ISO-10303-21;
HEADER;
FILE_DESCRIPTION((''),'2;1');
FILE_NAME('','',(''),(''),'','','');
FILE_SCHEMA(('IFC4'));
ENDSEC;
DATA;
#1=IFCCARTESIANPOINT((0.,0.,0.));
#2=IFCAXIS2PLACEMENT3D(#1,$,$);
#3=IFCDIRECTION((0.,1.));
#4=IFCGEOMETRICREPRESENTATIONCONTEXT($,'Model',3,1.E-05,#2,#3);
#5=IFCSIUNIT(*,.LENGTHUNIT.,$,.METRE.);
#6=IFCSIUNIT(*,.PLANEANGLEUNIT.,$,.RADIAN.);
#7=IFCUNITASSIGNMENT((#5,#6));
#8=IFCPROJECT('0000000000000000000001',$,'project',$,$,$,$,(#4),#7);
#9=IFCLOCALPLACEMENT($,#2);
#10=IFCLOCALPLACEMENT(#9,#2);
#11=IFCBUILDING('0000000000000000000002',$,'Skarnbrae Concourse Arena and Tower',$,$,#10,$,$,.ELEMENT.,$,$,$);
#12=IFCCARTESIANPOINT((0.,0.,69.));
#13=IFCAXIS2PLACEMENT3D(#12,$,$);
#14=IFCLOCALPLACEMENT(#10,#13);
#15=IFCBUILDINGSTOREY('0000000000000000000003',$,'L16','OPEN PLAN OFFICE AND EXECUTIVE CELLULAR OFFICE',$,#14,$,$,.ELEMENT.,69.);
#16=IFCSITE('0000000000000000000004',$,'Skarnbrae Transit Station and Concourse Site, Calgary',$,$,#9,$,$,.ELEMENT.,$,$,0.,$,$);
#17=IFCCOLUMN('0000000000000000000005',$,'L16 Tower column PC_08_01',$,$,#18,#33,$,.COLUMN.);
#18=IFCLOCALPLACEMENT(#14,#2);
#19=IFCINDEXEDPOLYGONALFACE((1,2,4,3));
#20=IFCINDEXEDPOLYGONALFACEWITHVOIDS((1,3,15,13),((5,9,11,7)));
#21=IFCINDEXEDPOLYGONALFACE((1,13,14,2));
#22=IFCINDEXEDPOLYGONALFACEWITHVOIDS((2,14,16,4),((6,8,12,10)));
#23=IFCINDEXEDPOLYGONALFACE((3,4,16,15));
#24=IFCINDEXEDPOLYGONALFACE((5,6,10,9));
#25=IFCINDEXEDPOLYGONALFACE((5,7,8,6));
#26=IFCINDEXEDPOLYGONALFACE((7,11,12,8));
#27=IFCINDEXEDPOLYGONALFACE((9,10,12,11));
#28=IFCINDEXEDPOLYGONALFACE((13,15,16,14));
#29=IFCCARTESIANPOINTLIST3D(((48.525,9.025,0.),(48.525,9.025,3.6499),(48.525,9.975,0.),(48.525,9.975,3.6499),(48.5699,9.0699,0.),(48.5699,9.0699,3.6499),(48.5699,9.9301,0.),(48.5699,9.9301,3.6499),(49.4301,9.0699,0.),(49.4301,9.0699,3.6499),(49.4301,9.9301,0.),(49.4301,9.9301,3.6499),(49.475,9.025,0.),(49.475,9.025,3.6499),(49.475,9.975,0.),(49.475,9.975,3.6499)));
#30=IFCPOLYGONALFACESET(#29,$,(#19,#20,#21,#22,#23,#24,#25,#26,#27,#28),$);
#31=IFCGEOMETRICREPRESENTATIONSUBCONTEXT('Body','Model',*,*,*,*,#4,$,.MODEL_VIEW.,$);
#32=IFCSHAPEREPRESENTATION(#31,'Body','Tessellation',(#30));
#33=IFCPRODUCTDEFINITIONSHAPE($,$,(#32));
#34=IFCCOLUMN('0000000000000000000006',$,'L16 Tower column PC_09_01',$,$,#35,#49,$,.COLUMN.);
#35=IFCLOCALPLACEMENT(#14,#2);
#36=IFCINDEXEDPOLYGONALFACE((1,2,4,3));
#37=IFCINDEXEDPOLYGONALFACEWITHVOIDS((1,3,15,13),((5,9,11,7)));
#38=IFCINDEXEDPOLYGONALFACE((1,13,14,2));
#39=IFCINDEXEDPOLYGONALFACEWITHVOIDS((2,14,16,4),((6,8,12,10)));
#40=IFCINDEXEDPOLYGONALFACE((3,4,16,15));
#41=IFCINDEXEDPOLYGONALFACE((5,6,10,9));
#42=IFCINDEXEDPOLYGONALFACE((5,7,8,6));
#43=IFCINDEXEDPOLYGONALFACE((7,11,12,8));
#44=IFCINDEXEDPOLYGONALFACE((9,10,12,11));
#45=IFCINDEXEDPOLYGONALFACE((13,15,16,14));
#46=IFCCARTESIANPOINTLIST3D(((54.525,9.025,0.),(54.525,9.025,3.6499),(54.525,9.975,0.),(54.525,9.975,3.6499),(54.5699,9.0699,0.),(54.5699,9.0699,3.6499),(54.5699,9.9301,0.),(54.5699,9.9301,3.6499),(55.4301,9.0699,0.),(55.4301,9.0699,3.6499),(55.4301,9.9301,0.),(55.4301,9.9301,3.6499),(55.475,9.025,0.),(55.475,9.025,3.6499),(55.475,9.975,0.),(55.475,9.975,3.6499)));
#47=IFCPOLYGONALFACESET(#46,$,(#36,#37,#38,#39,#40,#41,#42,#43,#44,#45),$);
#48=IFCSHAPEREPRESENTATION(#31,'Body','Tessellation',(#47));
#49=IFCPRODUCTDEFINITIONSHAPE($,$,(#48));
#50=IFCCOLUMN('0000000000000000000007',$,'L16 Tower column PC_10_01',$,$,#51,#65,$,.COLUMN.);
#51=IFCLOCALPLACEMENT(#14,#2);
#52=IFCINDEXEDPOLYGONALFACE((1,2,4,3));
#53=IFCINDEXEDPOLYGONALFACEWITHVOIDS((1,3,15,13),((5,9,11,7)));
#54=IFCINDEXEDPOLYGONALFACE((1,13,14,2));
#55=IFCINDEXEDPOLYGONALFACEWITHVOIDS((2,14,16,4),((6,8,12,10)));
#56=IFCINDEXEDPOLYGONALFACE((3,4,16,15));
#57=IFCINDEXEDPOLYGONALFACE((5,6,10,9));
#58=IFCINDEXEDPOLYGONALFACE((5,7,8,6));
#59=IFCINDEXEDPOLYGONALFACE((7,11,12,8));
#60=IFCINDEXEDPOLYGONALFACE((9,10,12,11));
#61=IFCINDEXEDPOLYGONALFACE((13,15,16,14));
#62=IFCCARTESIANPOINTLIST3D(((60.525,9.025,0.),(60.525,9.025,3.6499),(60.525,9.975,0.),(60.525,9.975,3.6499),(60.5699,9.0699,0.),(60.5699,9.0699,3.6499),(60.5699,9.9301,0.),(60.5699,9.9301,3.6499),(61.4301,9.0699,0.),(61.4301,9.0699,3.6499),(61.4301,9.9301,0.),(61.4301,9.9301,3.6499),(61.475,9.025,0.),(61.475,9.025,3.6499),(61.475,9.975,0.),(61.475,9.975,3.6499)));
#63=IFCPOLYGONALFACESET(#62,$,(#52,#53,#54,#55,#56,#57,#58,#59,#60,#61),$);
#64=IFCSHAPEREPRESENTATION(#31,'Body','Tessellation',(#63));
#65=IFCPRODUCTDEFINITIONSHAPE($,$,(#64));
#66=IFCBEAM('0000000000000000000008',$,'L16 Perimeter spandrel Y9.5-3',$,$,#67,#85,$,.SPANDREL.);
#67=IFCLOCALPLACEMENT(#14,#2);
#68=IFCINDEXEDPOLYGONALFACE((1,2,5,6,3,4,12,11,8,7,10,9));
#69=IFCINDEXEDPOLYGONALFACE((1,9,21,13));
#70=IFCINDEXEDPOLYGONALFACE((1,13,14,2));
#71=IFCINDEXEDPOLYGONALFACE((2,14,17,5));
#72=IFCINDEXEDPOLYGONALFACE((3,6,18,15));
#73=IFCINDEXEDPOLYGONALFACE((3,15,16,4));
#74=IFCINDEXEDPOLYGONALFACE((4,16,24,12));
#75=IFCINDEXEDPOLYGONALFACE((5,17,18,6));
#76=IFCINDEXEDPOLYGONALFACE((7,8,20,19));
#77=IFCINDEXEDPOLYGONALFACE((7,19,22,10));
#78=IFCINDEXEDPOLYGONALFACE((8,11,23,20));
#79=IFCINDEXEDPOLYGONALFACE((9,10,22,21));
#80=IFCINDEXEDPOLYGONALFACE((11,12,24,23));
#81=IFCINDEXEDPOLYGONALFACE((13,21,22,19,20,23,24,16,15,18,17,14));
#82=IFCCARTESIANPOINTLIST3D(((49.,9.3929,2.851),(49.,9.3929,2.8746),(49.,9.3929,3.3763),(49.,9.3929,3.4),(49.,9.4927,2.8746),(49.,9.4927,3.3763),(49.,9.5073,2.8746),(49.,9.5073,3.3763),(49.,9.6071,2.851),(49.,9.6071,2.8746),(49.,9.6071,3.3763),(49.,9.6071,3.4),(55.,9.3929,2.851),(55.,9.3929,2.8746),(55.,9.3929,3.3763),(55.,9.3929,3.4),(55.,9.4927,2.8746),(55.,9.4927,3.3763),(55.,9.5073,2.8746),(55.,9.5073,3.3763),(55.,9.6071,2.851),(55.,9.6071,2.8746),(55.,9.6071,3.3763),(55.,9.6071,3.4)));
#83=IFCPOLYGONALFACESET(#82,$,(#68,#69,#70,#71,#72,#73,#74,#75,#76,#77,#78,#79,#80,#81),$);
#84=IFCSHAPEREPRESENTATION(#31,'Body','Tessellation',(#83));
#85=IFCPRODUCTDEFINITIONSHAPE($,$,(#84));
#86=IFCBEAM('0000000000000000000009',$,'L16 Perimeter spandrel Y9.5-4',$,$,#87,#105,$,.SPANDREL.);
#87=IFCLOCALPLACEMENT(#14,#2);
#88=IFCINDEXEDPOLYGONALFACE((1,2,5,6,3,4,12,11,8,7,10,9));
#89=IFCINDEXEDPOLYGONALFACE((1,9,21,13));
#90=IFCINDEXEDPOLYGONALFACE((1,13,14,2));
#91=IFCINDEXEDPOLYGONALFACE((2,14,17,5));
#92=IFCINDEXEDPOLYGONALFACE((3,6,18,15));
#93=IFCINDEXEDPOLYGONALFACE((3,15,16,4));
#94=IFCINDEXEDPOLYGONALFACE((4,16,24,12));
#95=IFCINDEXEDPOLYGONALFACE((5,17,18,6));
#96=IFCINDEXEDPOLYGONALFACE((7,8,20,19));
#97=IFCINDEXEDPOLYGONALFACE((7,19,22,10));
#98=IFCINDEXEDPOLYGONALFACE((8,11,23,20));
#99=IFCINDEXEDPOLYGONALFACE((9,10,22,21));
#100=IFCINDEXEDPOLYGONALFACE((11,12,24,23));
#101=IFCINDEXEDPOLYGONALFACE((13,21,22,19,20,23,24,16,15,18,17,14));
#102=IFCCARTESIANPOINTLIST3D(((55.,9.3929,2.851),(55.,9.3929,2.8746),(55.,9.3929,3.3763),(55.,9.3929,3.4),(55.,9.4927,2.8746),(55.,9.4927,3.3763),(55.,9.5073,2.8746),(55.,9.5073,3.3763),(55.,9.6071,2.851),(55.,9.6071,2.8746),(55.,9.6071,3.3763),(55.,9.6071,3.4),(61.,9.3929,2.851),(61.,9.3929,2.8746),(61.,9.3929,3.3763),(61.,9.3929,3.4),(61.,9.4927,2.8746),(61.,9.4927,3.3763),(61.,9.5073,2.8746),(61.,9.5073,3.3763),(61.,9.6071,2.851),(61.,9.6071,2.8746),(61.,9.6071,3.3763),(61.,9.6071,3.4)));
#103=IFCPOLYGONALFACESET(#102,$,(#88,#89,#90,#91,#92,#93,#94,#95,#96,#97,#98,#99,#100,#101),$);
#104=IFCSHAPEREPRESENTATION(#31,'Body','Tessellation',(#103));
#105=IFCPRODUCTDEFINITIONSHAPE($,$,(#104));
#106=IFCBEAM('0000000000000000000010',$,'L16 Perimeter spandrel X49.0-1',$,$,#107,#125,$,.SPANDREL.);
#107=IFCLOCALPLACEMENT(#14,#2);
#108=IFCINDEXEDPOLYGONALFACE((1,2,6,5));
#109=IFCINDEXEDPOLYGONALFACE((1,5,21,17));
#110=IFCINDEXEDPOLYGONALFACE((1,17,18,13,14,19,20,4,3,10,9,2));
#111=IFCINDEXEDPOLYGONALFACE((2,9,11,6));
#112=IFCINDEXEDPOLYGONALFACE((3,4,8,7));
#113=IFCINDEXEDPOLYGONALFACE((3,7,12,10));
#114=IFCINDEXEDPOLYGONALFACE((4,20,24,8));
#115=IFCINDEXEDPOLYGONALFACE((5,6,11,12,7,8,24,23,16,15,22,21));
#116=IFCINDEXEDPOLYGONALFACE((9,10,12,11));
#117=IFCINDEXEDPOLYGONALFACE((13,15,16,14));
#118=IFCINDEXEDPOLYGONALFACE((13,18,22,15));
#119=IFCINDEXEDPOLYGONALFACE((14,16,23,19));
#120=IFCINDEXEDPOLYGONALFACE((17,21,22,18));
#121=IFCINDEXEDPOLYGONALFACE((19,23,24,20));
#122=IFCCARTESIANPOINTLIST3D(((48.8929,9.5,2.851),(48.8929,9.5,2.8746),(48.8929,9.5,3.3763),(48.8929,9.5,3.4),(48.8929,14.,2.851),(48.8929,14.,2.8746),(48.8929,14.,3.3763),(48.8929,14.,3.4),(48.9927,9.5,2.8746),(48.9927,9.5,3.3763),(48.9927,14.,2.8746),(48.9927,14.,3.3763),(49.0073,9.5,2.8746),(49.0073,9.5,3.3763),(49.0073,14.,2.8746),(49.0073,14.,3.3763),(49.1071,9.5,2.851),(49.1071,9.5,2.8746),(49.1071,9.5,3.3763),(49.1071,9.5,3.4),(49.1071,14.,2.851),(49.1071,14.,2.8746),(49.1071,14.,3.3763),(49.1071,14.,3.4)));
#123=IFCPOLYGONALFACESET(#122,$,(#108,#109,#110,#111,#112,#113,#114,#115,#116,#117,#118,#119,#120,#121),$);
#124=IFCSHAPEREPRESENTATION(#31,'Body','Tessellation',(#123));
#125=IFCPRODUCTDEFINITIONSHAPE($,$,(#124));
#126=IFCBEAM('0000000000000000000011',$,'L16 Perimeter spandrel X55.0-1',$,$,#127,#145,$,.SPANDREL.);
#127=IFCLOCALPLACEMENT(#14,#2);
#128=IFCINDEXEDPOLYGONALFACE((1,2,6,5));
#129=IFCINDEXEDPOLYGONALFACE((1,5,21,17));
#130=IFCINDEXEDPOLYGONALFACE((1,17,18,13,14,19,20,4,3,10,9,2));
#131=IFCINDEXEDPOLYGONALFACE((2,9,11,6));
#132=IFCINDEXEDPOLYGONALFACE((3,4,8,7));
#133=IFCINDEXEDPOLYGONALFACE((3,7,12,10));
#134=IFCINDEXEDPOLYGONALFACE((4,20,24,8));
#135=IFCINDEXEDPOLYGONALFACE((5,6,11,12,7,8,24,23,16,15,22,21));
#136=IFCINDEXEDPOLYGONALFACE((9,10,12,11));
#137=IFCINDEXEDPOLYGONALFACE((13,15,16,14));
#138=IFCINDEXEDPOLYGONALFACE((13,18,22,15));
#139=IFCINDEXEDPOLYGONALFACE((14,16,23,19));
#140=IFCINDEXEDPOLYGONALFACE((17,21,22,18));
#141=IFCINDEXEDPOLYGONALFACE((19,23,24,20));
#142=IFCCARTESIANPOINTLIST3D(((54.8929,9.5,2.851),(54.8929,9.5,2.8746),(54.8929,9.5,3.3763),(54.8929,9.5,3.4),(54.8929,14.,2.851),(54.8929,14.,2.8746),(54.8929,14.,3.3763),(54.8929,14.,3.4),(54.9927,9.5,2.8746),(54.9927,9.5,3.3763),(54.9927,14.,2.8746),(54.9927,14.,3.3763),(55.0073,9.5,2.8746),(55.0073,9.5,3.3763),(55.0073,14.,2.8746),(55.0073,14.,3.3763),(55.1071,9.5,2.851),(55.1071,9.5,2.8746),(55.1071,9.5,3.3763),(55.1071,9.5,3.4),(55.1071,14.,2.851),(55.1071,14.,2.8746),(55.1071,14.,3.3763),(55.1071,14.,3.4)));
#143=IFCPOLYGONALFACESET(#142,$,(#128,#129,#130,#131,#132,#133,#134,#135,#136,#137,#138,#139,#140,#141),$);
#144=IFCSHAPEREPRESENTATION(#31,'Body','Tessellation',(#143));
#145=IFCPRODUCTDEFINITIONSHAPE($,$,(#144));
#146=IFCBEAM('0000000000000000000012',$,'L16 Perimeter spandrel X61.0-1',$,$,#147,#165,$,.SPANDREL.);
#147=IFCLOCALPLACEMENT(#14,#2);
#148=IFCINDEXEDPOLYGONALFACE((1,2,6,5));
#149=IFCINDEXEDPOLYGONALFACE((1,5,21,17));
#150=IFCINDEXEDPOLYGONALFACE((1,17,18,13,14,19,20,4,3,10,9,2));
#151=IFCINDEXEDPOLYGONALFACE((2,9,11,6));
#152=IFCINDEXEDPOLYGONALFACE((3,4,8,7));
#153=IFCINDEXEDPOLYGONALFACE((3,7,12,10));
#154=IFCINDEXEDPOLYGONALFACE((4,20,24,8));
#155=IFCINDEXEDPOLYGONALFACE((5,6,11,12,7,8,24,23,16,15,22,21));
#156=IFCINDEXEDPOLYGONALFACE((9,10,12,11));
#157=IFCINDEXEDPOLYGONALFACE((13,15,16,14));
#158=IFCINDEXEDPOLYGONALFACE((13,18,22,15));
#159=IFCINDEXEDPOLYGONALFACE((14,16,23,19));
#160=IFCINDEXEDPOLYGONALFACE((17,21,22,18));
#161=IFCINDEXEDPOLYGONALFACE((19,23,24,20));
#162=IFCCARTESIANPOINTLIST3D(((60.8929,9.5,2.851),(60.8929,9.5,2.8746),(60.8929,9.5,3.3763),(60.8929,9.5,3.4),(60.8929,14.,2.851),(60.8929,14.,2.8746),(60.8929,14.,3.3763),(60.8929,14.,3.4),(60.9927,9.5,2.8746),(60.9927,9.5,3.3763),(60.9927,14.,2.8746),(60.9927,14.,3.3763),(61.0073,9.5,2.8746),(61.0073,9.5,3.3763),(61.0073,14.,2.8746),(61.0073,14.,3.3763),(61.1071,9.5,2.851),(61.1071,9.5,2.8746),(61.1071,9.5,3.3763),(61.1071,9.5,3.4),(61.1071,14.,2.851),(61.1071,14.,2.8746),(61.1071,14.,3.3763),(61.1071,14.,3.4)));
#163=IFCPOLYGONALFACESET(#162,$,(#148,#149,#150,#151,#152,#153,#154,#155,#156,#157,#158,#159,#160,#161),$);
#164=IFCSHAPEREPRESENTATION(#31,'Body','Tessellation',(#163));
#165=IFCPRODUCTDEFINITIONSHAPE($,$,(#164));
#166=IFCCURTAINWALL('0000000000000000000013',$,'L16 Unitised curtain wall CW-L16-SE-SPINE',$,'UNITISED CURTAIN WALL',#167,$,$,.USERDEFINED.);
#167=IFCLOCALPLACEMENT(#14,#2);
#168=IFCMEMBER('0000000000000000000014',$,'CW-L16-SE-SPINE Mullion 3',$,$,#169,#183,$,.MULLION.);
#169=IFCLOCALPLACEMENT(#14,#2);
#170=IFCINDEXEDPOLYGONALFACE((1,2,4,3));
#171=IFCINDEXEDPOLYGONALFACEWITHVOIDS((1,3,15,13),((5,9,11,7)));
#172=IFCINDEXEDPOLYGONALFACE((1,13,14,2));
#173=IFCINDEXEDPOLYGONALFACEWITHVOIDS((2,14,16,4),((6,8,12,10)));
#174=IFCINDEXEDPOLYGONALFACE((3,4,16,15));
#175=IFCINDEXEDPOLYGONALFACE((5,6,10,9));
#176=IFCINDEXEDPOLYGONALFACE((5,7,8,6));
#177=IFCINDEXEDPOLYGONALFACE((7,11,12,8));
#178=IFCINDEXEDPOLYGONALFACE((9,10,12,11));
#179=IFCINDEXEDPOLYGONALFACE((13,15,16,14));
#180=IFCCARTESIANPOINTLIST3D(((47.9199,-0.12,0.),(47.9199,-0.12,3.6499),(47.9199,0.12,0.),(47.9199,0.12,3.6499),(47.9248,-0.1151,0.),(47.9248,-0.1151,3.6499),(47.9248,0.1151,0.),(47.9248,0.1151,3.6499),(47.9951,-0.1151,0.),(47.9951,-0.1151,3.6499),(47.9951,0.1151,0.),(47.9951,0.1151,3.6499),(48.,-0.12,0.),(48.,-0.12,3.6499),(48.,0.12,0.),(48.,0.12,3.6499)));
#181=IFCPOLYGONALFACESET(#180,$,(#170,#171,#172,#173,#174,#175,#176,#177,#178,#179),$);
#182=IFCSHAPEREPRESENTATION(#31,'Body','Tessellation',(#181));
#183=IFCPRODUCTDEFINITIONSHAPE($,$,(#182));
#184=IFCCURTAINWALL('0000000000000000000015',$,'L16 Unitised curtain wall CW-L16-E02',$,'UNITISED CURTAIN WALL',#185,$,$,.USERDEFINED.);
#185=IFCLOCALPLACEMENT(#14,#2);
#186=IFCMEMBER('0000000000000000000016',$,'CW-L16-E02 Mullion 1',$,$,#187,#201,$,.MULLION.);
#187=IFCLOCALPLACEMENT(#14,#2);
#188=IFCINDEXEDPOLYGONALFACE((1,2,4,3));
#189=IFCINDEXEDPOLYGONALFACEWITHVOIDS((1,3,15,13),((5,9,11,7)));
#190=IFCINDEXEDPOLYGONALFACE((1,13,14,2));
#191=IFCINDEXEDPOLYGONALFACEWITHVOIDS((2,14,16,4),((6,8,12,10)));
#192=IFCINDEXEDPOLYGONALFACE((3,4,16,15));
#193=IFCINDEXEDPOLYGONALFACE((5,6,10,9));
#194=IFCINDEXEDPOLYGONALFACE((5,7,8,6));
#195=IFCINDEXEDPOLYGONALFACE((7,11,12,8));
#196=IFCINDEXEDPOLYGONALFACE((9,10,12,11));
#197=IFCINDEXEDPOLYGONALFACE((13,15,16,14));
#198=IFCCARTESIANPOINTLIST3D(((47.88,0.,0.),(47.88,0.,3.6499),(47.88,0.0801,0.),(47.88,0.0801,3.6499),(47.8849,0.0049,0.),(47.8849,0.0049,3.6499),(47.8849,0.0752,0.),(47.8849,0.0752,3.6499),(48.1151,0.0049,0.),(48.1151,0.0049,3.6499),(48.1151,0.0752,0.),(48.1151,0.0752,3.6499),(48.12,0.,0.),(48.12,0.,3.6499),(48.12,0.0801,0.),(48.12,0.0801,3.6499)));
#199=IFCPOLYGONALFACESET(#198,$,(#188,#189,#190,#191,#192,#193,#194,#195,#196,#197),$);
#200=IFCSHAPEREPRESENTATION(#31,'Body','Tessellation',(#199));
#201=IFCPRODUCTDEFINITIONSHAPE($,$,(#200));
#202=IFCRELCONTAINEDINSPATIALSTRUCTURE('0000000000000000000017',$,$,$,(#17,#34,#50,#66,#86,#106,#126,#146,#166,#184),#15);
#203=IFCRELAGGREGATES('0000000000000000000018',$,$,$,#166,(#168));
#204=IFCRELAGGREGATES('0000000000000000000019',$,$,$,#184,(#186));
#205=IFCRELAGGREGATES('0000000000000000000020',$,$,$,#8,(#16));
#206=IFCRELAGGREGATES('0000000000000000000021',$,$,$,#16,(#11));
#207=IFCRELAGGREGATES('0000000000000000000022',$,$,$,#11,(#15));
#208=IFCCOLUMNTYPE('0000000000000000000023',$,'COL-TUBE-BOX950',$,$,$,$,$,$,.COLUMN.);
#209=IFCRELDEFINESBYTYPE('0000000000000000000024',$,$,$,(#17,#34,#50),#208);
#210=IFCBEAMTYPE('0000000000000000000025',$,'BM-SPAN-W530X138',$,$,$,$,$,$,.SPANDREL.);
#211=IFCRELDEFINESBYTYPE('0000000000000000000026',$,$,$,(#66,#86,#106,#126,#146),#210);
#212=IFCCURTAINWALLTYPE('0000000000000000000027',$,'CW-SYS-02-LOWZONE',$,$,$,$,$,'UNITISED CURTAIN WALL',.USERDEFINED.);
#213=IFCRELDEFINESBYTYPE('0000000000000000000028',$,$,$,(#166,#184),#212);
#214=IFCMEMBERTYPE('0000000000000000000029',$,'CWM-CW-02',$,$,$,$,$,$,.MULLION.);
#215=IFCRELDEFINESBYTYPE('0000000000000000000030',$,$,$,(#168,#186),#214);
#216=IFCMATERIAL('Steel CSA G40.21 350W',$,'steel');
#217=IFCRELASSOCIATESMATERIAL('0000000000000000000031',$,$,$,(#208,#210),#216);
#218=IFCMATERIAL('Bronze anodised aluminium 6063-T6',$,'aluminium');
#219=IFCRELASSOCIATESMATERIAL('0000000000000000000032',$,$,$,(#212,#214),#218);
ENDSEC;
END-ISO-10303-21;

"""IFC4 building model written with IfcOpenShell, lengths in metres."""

from ifc_helpers import new_model, si_unit, direction, frame, origin, origin_2d, place, context, subcontext, project, spatial, hollow_rectangle, i_section, extrude, source, transform, mapped, material, material_profile, profile_set, type_object, element, aggregate, save


model = new_model("IFC4")

# Units and contexts
model_context = context("Model", 3, precision=1e-05, world=origin(), true_north=direction((0.0, 1.0)))
body_context = subcontext(model_context, "Body", "Model", "MODEL_VIEW")
ifc_project = project(units=[si_unit("LENGTHUNIT", "METRE"), si_unit("PLANEANGLEUNIT", "RADIAN")], contexts=[model_context])

# Site, building, storey
site_placement = place(None, origin())
site = spatial("IfcSite", under=ifc_project, at=site_placement, Name="Skarnbrae Transit Station and Concourse Site, Calgary", CompositionType="ELEMENT", RefElevation=0.0)
building_placement = place(site_placement, origin())
building = spatial("IfcBuilding", under=site, at=building_placement, Name="Skarnbrae Concourse Arena and Tower", CompositionType="ELEMENT")
storey_placement = place(building_placement, frame((0.0, 0.0, 69.0)))
storey = spatial("IfcBuildingStorey", under=building, at=storey_placement, Name="L16", Description="OPEN PLAN OFFICE AND EXECUTIVE CELLULAR OFFICE", CompositionType="ELEMENT", Elevation=69.0)

# Columns
ifc_material_1 = material(Name="Steel CSA G40.21 350W", Category="steel")
ifc_material_profile_1 = material_profile(ifc_material_1, hollow_rectangle(XDim=0.95, YDim=0.95, WallThickness=0.0449, at=origin_2d()), Name="BOX950X950X45")
ifc_profile_set_1 = profile_set([ifc_material_profile_1], Name="Steel CSA G40.21 350W")
column_type = type_object("IfcColumnType", Name="COL-TUBE-BOX950", PredefinedType="COLUMN", material=ifc_profile_set_1)
shared_shape_1 = source(origin(), body_context, "Body", "SweptSolid", [
    extrude(hollow_rectangle(XDim=0.95, YDim=0.95, WallThickness=0.0449, at=origin_2d()), origin(), (0.0, 0.0, 1.0), 3.6499),
])
for number, where, z_axis, x_axis, name in (
    (1, (49.0, 9.5, 0.0), (0.0, 0.0, 1.0), (1.0, 0.0, 0.0), "L16 Tower column PC_08_01"),
    (2, (55.0, 9.5, 0.0), (0.0, 0.0, 1.0), (1.0, 0.0, 0.0), "L16 Tower column PC_09_01"),
    (3, (61.0, 9.5, 0.0), (0.0, 0.0, 1.0), (1.0, 0.0, 0.0), "L16 Tower column PC_10_01"),
):
    element("IfcColumn", number, at=place(storey_placement, frame(where, z_axis=z_axis, x_axis=x_axis)), inside=storey, type_object=column_type, Name=name, PredefinedType="COLUMN", context=body_context, shape_type="MappedRepresentation", body=[
        mapped(shared_shape_1, transform((0.0, 0.0, 0.0))),
    ])

# Beams
ifc_material_profile_2 = material_profile(ifc_material_1, i_section(OverallWidth=0.2141, OverallDepth=0.5491, WebThickness=0.0146, FlangeThickness=0.0237, at=origin_2d()), Name="W530X138")
ifc_profile_set_2 = profile_set([ifc_material_profile_2], Name="Steel CSA G40.21 350W")
beam_type = type_object("IfcBeamType", Name="BM-SPAN-W530X138", PredefinedType="SPANDREL", material=ifc_profile_set_2)
shared_shape_2 = source(origin(), body_context, "Body", "SweptSolid", [
    extrude(i_section(OverallWidth=0.2141, OverallDepth=0.5491, WebThickness=0.0146, FlangeThickness=0.0237, at=origin_2d()), origin(), (0.0, 0.0, 1.0), 6.0),
])
for number, where, z_axis, x_axis, name in (
    (4, (49.0, 9.5, 3.1255), (1.0, 0.0, 0.0), (0.0, 1.0, 0.0), "L16 Perimeter spandrel Y9.5-3"),
    (5, (55.0, 9.5, 3.1255), (1.0, 0.0, 0.0), (0.0, 1.0, 0.0), "L16 Perimeter spandrel Y9.5-4"),
):
    element("IfcBeam", number, at=place(storey_placement, frame(where, z_axis=z_axis, x_axis=x_axis)), inside=storey, type_object=beam_type, Name=name, PredefinedType="SPANDREL", context=body_context, shape_type="MappedRepresentation", body=[
        mapped(shared_shape_2, transform((0.0, 0.0, 0.0))),
    ])
shared_shape_3 = source(origin(), body_context, "Body", "SweptSolid", [
    extrude(i_section(OverallWidth=0.2141, OverallDepth=0.5491, WebThickness=0.0146, FlangeThickness=0.0237, at=origin_2d()), origin(), (0.0, 0.0, 1.0), 4.5),
])
for number, where, z_axis, x_axis, name in (
    (6, (49.0, 9.5, 3.1255), (0.0, 1.0, 0.0), (-1.0, 0.0, 0.0), "L16 Perimeter spandrel X49.0-1"),
    (7, (55.0, 9.5, 3.1255), (0.0, 1.0, 0.0), (-1.0, 0.0, 0.0), "L16 Perimeter spandrel X55.0-1"),
    (8, (61.0, 9.5, 3.1255), (0.0, 1.0, 0.0), (-1.0, 0.0, 0.0), "L16 Perimeter spandrel X61.0-1"),
):
    element("IfcBeam", number, at=place(storey_placement, frame(where, z_axis=z_axis, x_axis=x_axis)), inside=storey, type_object=beam_type, Name=name, PredefinedType="SPANDREL", context=body_context, shape_type="MappedRepresentation", body=[
        mapped(shared_shape_3, transform((0.0, 0.0, 0.0))),
    ])

# Curtain wall, member
ifc_material_2 = material(Name="Bronze anodised aluminium 6063-T6", Category="aluminium")
curtain_wall_type = type_object("IfcCurtainWallType", Name="CW-SYS-02-LOWZONE", ElementType="UNITISED CURTAIN WALL", PredefinedType="USERDEFINED", material=ifc_material_2)
curtain_wall_1_placement = place(storey_placement, origin())
curtain_wall_1 = element("IfcCurtainWall", 9, at=curtain_wall_1_placement, inside=storey, type_object=curtain_wall_type, Name="L16 Unitised curtain wall CW-L16-SE-SPINE", ObjectType="UNITISED CURTAIN WALL", PredefinedType="USERDEFINED")
ifc_material_profile_3 = material_profile(ifc_material_2, hollow_rectangle(XDim=0.0801, YDim=0.24, WallThickness=0.0049, at=origin_2d()), Name="ALU-MULL-80X240")
ifc_profile_set_3 = profile_set([ifc_material_profile_3], Name="Bronze anodised aluminium 6063-T6")
member_type_1 = type_object("IfcMemberType", Name="CWM-CW-02", PredefinedType="MULLION", material=ifc_profile_set_3)
shared_shape_4 = source(origin(), body_context, "Body", "SweptSolid", [
    extrude(hollow_rectangle(XDim=0.0801, YDim=0.24, WallThickness=0.0049, at=origin_2d()), origin(), (0.0, 0.0, 1.0), 3.6499),
])
member_1_placement = place(storey_placement, frame((47.96, 0.0, 0.0), z_axis=(0.0, 0.0, 1.0), x_axis=(1.0, 0.0, 0.0)))
member_1 = element("IfcMember", 10, at=member_1_placement, type_object=member_type_1, Name="CW-L16-SE-SPINE Mullion 3", PredefinedType="MULLION", context=body_context, shape_type="MappedRepresentation", body=[
    mapped(shared_shape_4, transform((0.0, 0.0, 0.0))),
])
aggregate(curtain_wall_1, [member_1])

# Curtain wall, member
curtain_wall_2_placement = place(storey_placement, origin())
curtain_wall_2 = element("IfcCurtainWall", 11, at=curtain_wall_2_placement, inside=storey, type_object=curtain_wall_type, Name="L16 Unitised curtain wall CW-L16-E02", ObjectType="UNITISED CURTAIN WALL", PredefinedType="USERDEFINED")
member_2_placement = place(storey_placement, frame((48.0, 0.04, 0.0), z_axis=(0.0, 0.0, 1.0), x_axis=(0.0, 1.0, 0.0)))
member_2 = element("IfcMember", 12, at=member_2_placement, type_object=member_type_1, Name="CW-L16-E02 Mullion 1", PredefinedType="MULLION", context=body_context, shape_type="MappedRepresentation", body=[
    mapped(shared_shape_4, transform((0.0, 0.0, 0.0))),
])

aggregate(curtain_wall_2, [member_2])

save(model, "model.ifc")
